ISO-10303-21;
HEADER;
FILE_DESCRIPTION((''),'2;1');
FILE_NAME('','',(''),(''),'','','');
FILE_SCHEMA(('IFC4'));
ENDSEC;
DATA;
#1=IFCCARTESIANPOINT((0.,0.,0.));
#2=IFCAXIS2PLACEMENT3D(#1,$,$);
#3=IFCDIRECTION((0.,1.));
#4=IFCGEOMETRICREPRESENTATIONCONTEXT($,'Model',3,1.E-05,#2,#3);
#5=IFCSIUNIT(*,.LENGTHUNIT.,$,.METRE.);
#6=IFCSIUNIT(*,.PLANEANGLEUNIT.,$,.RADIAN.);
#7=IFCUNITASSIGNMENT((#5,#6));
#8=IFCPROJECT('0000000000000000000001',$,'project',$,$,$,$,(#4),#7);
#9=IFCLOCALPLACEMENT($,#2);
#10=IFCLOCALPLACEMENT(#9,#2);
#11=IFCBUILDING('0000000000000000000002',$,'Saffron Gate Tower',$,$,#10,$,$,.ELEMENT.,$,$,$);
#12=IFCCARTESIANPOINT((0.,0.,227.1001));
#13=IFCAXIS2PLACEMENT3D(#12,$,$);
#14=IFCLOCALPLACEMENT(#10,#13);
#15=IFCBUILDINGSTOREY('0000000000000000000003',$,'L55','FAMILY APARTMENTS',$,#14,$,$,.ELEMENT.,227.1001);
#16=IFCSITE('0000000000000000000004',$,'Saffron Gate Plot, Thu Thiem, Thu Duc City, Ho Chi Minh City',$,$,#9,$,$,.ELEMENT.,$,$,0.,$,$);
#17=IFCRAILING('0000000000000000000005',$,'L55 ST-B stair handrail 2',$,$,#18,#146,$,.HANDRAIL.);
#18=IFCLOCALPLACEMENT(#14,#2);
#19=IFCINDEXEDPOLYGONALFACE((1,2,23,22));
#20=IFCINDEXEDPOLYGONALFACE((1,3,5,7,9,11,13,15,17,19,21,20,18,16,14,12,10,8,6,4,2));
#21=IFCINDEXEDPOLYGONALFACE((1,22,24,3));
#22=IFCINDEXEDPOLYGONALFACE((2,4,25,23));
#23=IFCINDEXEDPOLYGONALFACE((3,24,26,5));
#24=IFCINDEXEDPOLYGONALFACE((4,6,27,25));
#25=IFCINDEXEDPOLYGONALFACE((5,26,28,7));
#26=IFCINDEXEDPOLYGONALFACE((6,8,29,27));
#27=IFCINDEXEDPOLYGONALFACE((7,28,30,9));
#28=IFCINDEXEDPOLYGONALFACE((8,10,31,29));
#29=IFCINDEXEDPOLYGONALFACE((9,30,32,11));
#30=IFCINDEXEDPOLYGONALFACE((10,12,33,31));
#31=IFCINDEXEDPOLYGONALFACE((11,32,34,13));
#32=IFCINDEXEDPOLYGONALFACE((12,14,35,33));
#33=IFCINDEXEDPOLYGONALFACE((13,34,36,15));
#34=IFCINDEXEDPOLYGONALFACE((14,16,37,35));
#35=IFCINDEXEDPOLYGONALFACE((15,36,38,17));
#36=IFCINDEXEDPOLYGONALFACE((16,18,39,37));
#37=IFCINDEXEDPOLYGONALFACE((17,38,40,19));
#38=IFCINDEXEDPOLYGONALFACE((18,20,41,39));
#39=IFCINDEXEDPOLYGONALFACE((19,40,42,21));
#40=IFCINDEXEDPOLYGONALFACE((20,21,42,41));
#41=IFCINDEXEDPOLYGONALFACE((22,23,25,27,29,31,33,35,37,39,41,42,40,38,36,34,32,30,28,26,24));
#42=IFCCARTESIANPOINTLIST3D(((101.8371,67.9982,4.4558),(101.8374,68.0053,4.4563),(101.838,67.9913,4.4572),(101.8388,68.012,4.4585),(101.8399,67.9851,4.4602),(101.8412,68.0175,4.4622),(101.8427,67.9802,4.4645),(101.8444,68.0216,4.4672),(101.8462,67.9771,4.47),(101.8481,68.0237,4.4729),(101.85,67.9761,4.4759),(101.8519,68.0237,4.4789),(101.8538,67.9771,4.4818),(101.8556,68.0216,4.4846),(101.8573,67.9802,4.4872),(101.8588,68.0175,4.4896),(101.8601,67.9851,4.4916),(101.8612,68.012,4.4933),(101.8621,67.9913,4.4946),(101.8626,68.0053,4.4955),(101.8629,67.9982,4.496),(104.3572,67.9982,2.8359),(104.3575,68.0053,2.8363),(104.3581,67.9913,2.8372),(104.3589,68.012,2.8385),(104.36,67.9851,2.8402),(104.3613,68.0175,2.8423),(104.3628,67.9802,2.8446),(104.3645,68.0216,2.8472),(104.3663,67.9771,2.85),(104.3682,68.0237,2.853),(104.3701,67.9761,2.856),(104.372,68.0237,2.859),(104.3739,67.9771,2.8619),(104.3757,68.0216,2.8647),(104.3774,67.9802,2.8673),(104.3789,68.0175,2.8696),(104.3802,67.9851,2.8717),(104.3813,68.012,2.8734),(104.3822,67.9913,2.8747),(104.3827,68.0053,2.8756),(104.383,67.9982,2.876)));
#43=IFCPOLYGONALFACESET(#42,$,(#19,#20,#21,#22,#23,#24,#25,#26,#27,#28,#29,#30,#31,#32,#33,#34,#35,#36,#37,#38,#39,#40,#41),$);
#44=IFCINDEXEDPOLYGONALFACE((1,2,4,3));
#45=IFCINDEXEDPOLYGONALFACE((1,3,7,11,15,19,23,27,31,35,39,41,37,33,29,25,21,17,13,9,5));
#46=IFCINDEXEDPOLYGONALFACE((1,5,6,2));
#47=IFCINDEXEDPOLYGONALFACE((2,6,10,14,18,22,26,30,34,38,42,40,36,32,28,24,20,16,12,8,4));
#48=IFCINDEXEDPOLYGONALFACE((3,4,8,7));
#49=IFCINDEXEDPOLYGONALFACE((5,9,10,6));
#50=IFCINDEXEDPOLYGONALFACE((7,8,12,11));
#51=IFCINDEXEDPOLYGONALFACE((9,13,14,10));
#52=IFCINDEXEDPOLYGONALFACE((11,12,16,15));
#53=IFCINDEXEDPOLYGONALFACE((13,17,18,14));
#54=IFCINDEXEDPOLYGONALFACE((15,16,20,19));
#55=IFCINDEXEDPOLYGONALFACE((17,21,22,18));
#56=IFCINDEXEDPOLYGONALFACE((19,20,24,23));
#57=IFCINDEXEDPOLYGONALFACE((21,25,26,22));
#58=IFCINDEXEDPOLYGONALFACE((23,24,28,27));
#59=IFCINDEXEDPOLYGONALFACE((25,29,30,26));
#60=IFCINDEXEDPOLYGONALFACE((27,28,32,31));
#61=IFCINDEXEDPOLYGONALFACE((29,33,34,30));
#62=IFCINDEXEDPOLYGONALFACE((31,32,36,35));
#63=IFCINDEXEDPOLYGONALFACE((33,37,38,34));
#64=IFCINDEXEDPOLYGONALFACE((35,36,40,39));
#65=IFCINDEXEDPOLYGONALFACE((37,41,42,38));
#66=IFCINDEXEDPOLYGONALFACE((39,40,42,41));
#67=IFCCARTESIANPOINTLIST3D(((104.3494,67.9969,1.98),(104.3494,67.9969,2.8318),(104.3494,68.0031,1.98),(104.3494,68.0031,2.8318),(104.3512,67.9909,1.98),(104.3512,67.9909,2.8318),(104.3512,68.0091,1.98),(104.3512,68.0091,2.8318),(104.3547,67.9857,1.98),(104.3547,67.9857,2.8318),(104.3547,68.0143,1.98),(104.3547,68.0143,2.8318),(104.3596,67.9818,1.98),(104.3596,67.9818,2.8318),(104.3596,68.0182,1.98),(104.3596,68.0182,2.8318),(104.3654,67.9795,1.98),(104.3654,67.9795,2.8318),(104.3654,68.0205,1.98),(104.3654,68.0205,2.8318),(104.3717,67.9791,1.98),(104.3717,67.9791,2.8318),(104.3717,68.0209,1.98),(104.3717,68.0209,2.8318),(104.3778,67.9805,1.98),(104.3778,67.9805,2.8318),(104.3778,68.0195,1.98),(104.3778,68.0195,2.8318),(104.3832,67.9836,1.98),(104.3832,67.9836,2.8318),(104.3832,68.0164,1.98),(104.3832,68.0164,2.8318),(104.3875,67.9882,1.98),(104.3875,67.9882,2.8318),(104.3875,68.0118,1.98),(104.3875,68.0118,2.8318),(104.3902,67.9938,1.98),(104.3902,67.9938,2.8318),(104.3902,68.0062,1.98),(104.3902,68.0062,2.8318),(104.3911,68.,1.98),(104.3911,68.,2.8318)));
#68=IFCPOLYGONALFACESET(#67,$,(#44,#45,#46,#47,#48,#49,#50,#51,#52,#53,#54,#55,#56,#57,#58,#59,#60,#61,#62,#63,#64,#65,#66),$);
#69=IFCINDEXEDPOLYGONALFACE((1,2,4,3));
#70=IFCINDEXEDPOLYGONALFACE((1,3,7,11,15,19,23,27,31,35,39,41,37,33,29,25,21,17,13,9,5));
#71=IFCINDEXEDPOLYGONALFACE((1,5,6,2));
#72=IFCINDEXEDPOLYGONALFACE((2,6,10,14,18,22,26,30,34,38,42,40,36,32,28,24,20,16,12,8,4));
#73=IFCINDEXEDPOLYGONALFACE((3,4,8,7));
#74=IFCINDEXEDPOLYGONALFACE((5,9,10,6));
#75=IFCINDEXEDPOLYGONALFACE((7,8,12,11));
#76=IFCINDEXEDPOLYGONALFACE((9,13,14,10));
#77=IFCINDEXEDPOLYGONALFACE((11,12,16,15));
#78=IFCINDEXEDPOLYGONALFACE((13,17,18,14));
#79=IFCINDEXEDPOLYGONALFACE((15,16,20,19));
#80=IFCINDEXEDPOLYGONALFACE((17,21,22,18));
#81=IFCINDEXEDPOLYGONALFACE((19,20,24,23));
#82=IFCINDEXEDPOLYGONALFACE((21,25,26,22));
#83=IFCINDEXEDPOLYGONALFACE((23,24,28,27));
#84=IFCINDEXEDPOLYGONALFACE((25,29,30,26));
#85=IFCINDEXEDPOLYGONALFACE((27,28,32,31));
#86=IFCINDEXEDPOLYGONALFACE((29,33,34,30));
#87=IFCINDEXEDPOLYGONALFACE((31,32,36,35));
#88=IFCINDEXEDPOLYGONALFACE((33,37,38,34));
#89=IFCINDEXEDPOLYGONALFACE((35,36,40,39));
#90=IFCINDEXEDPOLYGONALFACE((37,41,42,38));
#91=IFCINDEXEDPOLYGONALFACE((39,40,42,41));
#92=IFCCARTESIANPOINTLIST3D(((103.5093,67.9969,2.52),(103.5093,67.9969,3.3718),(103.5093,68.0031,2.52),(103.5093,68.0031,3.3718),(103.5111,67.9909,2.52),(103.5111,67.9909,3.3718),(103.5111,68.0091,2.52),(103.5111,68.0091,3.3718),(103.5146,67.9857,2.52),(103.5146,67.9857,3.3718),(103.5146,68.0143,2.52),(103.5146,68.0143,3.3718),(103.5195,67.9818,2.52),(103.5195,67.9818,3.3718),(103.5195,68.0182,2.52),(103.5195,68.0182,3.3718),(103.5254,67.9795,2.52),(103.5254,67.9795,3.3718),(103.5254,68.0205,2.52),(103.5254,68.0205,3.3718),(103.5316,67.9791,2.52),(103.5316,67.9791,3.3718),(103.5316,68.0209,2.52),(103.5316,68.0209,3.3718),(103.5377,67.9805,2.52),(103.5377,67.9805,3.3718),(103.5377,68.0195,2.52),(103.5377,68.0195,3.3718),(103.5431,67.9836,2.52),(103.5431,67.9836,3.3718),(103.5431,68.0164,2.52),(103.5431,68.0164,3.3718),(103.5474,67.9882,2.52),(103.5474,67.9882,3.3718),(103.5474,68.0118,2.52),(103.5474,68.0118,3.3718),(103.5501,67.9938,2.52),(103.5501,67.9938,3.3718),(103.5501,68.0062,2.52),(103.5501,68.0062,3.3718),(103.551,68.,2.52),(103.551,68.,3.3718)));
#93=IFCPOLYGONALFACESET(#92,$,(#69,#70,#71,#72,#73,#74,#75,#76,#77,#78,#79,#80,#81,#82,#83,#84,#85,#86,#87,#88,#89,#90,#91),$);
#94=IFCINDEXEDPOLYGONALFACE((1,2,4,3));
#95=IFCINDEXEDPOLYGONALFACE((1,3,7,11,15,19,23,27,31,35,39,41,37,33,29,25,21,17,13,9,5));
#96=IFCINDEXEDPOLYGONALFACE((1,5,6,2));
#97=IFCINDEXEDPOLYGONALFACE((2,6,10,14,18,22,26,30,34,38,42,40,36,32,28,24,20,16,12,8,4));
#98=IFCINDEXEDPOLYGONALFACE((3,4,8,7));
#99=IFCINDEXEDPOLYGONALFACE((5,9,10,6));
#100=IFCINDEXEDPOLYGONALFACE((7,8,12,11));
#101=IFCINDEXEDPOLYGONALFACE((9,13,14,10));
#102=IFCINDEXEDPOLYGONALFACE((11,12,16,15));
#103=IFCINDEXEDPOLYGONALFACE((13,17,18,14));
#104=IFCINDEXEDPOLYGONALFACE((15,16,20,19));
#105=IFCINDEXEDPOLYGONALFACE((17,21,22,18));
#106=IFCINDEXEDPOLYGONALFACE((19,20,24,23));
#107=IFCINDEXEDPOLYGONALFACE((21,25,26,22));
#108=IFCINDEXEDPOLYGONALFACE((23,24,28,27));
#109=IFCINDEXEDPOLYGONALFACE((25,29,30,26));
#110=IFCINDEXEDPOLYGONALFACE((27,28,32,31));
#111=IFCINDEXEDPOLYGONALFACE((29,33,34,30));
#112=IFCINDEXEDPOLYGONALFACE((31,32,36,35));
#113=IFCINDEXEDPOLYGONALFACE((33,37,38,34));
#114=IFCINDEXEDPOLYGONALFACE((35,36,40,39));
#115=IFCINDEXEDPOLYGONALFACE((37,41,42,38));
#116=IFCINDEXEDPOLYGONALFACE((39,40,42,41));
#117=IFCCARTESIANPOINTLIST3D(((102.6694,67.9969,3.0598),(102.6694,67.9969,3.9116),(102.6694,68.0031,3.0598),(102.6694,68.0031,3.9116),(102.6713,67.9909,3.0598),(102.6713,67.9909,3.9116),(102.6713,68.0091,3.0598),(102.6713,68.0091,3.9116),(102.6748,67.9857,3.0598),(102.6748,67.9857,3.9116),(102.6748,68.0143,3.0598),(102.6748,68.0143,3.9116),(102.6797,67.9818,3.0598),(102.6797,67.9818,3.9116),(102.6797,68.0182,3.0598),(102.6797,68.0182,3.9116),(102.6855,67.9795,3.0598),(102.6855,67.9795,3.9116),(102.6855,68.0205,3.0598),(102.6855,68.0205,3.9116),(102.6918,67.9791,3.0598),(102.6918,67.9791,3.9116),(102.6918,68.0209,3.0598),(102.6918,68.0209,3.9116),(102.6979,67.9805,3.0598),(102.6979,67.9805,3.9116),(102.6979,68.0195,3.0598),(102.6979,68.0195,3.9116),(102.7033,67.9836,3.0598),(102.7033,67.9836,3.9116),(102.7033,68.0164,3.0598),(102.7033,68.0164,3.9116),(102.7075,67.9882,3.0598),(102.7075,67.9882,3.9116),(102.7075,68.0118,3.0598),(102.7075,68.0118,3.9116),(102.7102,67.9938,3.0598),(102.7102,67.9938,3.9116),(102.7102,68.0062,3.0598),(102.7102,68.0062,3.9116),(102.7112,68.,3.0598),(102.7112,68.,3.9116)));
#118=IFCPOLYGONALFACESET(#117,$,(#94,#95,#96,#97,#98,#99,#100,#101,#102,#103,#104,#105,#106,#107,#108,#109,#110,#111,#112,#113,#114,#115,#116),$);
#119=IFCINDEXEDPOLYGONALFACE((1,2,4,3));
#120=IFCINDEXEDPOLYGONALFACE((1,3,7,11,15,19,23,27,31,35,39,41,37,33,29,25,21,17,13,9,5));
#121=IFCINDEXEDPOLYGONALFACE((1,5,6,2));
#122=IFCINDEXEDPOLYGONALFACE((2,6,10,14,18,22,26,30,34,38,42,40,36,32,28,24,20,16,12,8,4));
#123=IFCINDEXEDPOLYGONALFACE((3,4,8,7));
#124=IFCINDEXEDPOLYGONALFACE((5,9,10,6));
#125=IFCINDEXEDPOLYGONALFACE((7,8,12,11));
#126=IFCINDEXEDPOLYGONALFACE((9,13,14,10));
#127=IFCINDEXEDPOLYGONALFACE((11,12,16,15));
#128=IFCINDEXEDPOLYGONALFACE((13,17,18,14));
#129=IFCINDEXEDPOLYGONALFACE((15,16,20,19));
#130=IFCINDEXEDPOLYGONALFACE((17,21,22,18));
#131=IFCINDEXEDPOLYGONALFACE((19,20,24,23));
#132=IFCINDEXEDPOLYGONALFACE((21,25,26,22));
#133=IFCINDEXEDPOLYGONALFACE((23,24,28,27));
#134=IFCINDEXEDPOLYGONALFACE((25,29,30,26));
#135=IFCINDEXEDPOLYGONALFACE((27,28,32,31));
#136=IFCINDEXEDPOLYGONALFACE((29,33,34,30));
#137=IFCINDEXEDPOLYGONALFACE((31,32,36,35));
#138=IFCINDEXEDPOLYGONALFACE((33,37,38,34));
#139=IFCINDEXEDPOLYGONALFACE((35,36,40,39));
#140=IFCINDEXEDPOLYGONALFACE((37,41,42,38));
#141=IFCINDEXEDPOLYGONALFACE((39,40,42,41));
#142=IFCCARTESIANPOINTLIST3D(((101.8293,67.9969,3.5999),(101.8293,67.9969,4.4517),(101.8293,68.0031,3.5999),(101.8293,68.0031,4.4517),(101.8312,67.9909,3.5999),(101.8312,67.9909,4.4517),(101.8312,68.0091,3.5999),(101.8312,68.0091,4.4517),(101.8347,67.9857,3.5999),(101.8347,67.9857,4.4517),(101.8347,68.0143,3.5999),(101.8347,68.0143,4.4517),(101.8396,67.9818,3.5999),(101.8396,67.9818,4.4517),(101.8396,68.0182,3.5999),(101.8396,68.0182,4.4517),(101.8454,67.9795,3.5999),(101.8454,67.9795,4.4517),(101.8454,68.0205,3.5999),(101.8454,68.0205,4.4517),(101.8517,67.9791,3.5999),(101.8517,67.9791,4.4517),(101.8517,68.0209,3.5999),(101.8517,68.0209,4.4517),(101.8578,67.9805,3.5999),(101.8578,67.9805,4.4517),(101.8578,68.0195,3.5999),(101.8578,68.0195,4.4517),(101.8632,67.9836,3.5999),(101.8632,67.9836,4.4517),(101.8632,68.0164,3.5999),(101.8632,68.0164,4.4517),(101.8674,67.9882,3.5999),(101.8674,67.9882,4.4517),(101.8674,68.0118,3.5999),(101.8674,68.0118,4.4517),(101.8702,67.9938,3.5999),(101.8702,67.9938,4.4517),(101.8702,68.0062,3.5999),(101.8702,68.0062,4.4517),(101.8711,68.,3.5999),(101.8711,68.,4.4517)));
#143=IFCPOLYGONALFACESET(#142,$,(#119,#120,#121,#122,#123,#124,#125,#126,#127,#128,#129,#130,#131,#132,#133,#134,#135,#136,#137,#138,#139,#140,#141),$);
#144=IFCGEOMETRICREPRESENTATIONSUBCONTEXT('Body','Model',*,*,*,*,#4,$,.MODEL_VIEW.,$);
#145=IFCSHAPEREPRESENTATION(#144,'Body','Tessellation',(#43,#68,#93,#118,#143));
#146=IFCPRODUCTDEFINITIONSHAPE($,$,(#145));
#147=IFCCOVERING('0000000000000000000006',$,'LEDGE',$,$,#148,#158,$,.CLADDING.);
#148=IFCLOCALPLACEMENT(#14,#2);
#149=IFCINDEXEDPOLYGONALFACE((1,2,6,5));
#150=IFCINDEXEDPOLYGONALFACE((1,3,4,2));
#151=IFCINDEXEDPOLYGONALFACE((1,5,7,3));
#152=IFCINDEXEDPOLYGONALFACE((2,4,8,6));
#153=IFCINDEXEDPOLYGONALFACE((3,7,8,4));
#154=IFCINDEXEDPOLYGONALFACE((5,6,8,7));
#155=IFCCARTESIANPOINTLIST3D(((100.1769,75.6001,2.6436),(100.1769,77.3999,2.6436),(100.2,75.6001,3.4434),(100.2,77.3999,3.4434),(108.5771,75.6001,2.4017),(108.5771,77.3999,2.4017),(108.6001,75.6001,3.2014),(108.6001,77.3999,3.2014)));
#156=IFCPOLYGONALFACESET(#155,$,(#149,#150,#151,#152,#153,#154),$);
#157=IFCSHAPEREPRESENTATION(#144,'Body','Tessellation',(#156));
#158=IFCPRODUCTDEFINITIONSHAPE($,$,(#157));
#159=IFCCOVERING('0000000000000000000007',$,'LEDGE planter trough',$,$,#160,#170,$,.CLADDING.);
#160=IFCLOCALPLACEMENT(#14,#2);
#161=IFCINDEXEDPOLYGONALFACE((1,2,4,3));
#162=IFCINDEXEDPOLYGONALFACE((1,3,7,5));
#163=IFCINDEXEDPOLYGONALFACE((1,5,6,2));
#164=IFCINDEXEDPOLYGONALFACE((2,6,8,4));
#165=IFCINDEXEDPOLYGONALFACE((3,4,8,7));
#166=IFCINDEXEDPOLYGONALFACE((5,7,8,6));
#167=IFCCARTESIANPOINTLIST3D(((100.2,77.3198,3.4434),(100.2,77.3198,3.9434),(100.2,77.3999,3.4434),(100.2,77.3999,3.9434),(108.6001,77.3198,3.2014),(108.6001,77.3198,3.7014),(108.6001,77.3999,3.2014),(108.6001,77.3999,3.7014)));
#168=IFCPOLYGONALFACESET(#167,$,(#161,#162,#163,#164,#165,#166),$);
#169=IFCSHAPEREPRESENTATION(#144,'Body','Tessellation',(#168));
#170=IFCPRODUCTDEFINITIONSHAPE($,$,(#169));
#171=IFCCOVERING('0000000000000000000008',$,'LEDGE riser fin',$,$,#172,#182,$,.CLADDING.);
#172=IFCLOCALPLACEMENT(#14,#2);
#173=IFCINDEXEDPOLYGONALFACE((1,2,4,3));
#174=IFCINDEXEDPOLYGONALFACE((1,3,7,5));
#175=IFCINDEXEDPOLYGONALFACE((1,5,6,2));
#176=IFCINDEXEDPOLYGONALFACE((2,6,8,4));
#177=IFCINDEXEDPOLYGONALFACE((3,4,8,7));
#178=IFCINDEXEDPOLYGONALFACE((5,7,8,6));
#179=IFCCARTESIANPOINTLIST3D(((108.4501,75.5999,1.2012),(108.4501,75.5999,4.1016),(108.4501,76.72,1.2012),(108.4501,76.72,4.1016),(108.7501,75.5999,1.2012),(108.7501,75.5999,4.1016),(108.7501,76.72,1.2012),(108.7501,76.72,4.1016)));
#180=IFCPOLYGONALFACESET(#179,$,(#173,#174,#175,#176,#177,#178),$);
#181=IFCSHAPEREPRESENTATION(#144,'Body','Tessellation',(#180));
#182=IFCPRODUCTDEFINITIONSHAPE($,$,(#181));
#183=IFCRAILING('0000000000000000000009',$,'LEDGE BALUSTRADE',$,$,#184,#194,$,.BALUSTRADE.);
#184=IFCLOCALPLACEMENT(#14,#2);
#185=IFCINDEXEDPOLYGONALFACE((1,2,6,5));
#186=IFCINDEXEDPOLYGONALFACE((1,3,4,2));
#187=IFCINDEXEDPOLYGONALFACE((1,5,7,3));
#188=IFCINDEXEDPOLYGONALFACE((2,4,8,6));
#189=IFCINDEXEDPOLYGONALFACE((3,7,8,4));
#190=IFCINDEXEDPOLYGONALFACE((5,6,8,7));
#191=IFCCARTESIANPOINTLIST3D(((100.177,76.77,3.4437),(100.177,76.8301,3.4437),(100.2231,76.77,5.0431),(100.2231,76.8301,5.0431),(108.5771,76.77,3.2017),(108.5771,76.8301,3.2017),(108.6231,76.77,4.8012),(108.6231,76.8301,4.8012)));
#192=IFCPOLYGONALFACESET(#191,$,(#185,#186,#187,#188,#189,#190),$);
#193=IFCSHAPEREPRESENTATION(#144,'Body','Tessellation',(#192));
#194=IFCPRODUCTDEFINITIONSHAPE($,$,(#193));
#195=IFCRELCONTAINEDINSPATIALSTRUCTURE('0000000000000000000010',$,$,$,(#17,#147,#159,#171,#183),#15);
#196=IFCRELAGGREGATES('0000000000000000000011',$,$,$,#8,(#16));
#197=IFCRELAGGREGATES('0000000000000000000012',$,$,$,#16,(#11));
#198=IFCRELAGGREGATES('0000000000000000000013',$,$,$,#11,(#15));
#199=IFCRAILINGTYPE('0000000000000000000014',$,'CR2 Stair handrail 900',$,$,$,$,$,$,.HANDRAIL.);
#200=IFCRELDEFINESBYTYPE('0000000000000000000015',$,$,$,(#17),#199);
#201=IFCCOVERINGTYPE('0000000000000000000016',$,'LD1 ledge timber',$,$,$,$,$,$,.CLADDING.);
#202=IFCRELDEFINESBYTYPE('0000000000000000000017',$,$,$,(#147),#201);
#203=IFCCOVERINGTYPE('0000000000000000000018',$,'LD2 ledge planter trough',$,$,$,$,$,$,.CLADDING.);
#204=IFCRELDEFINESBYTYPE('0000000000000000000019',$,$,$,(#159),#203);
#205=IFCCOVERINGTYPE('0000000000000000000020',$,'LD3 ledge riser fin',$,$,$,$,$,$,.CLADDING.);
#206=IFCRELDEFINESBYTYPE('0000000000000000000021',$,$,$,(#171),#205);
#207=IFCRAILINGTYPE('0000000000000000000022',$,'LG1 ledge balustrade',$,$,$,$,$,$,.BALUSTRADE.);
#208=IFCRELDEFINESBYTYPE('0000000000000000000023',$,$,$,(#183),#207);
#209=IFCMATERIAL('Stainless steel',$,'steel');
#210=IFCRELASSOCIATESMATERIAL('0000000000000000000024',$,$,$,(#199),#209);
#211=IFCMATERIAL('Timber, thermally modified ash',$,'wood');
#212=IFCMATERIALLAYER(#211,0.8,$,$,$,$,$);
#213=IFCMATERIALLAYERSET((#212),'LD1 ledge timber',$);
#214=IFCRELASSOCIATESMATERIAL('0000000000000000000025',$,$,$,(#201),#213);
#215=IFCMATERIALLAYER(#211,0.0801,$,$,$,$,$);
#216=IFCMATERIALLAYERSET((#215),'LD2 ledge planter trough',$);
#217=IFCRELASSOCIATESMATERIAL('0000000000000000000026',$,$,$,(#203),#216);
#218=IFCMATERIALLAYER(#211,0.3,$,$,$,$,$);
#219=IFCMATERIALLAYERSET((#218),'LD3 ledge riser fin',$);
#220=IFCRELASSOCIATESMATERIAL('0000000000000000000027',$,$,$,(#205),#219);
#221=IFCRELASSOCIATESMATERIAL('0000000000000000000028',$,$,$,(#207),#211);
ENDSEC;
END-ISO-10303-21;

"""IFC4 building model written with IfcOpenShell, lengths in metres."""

from ifc_helpers import new_model, si_unit, direction, frame, origin, origin_2d, place, context, subcontext, project, spatial, polyline, rectangle, circle, outline, extrude, material, layer, layer_set, type_object, element, save


model = new_model("IFC4")

# Units and contexts
model_context = context("Model", 3, precision=1e-05, world=origin(), true_north=direction((0.0, 1.0)))
body_context = subcontext(model_context, "Body", "Model", "MODEL_VIEW")
ifc_project = project(units=[si_unit("LENGTHUNIT", "METRE"), si_unit("PLANEANGLEUNIT", "RADIAN")], contexts=[model_context])

# Site, building, storey
site_placement = place(None, origin())
site = spatial("IfcSite", under=ifc_project, at=site_placement, Name="Saffron Gate Plot, Thu Thiem, Thu Duc City, Ho Chi Minh City", CompositionType="ELEMENT", RefElevation=0.0)
building_placement = place(site_placement, origin())
building = spatial("IfcBuilding", under=site, at=building_placement, Name="Saffron Gate Tower", CompositionType="ELEMENT")
storey_placement = place(building_placement, frame((0.0, 0.0, 227.1001)))
storey = spatial("IfcBuildingStorey", under=building, at=storey_placement, Name="L55", Description="FAMILY APARTMENTS", CompositionType="ELEMENT", Elevation=227.1001)

# Railing
ifc_material_1 = material(Name="Stainless steel", Category="steel")
railing_type_1 = type_object("IfcRailingType", Name="CR2 Stair handrail 900", PredefinedType="HANDRAIL", material=ifc_material_1)
railing_1_placement = place(storey_placement, frame((104.3701, 68.0, 1.98)))
element("IfcRailing", 1, at=railing_1_placement, inside=storey, type_object=railing_type_1, Name="L55 ST-B stair handrail 2", PredefinedType="HANDRAIL", context=body_context, shape_type="SweptSolid", body=[
    extrude(circle(Radius=0.0239, at=origin_2d()), frame((0.0, 0.0, 0.876), z_axis=(-0.8412, 0.0, 0.540725), x_axis=(0.0, -1.0, 0.0)), (0.0, 0.0, 1.0), 2.9958),
    extrude(circle(Radius=0.021, at=origin_2d()), origin(), (0.0, 0.0, 1.0), 0.8518),
    extrude(circle(Radius=0.021, at=origin_2d()), frame((-0.8401, 0.0, 0.54)), (0.0, 0.0, 1.0), 0.8518),
    extrude(circle(Radius=0.021, at=origin_2d()), frame((-1.6799, 0.0, 1.0798)), (0.0, 0.0, 1.0), 0.8518),
    extrude(circle(Radius=0.021, at=origin_2d()), frame((-2.52, 0.0, 1.6199)), (0.0, 0.0, 1.0), 0.8518),
])

# Coverings
ifc_material_2 = material(Name="Timber, thermally modified ash", Category="wood")
ifc_layer_1 = layer(ifc_material_2, 0.8)
ifc_layer_set_1 = layer_set([ifc_layer_1], Name="LD1 ledge timber")
covering_type_1 = type_object("IfcCoveringType", Name="LD1 ledge timber", PredefinedType="CLADDING", material=ifc_layer_set_1)
covering_1_placement = place(storey_placement, frame((108.6001, 75.6001, 3.2014), z_axis=(0.02879, 0.0, 0.999585), x_axis=(-0.999585, 0.0, 0.02879)))
element("IfcCovering", 2, at=covering_1_placement, inside=storey, type_object=covering_type_1, Name="LEDGE", PredefinedType="CLADDING", context=body_context, shape_type="SweptSolid", body=[
    extrude(outline(polyline([(0.0, 0.0), (8.4036, 0.0), (8.4036, -1.7998), (0.0, -1.7998), (0.0, 0.0)])), origin(), (0.0, 0.0, -1.0), 0.8),
])
ifc_layer_2 = layer(ifc_material_2, 0.0801)
ifc_layer_set_2 = layer_set([ifc_layer_2], Name="LD2 ledge planter trough")
covering_type_2 = type_object("IfcCoveringType", Name="LD2 ledge planter trough", PredefinedType="CLADDING", material=ifc_layer_set_2)
covering_2_placement = place(storey_placement, frame((108.6001, 77.3999, 3.2014), z_axis=(0.0, 1.0, 0.0), x_axis=(-0.999585, 0.0, 0.02879)))
element("IfcCovering", 3, at=covering_2_placement, inside=storey, type_object=covering_type_2, Name="LEDGE planter trough", PredefinedType="CLADDING", context=body_context, shape_type="SweptSolid", body=[
    extrude(outline(polyline([(0.0, 0.0), (8.4036, 0.0), (8.418, 0.4998), (0.0144, 0.4998), (0.0, 0.0)])), origin(), (0.0, 0.0, -1.0), 0.0801),
])
ifc_layer_3 = layer(ifc_material_2, 0.3)
ifc_layer_set_3 = layer_set([ifc_layer_3], Name="LD3 ledge riser fin")
covering_type_3 = type_object("IfcCoveringType", Name="LD3 ledge riser fin", PredefinedType="CLADDING", material=ifc_layer_set_3)
covering_3_placement = place(storey_placement, frame((108.6001, 76.1599, 1.2012), z_axis=(0.0, 0.0, 1.0), x_axis=(-1.0, 0.0, 0.0)))
element("IfcCovering", 4, at=covering_3_placement, inside=storey, type_object=covering_type_3, Name="LEDGE riser fin", PredefinedType="CLADDING", context=body_context, shape_type="SweptSolid", body=[
    extrude(rectangle(XDim=0.3, YDim=1.1201, at=origin_2d()), origin(), (0.0, 0.0, 1.0), 2.9004),
])

# Railing
railing_type_2 = type_object("IfcRailingType", Name="LG1 ledge balustrade", PredefinedType="BALUSTRADE", material=ifc_material_2)
railing_2_placement = place(storey_placement, frame((108.6001, 76.8, 3.2014)))
element("IfcRailing", 5, at=railing_2_placement, inside=storey, type_object=railing_type_2, Name="LEDGE BALUSTRADE", PredefinedType="BALUSTRADE", context=body_context, shape_type="SweptSolid", body=[
    extrude(rectangle(XDim=0.0601, YDim=1.6001, at=origin_2d()), frame((0.0, 0.0, 0.8), z_axis=(-0.999585, 0.0, 0.02879), x_axis=(0.0, -1.0, 0.0)), (0.0, 0.0, 1.0), 8.4036),
])

save(model, "model.ifc")
